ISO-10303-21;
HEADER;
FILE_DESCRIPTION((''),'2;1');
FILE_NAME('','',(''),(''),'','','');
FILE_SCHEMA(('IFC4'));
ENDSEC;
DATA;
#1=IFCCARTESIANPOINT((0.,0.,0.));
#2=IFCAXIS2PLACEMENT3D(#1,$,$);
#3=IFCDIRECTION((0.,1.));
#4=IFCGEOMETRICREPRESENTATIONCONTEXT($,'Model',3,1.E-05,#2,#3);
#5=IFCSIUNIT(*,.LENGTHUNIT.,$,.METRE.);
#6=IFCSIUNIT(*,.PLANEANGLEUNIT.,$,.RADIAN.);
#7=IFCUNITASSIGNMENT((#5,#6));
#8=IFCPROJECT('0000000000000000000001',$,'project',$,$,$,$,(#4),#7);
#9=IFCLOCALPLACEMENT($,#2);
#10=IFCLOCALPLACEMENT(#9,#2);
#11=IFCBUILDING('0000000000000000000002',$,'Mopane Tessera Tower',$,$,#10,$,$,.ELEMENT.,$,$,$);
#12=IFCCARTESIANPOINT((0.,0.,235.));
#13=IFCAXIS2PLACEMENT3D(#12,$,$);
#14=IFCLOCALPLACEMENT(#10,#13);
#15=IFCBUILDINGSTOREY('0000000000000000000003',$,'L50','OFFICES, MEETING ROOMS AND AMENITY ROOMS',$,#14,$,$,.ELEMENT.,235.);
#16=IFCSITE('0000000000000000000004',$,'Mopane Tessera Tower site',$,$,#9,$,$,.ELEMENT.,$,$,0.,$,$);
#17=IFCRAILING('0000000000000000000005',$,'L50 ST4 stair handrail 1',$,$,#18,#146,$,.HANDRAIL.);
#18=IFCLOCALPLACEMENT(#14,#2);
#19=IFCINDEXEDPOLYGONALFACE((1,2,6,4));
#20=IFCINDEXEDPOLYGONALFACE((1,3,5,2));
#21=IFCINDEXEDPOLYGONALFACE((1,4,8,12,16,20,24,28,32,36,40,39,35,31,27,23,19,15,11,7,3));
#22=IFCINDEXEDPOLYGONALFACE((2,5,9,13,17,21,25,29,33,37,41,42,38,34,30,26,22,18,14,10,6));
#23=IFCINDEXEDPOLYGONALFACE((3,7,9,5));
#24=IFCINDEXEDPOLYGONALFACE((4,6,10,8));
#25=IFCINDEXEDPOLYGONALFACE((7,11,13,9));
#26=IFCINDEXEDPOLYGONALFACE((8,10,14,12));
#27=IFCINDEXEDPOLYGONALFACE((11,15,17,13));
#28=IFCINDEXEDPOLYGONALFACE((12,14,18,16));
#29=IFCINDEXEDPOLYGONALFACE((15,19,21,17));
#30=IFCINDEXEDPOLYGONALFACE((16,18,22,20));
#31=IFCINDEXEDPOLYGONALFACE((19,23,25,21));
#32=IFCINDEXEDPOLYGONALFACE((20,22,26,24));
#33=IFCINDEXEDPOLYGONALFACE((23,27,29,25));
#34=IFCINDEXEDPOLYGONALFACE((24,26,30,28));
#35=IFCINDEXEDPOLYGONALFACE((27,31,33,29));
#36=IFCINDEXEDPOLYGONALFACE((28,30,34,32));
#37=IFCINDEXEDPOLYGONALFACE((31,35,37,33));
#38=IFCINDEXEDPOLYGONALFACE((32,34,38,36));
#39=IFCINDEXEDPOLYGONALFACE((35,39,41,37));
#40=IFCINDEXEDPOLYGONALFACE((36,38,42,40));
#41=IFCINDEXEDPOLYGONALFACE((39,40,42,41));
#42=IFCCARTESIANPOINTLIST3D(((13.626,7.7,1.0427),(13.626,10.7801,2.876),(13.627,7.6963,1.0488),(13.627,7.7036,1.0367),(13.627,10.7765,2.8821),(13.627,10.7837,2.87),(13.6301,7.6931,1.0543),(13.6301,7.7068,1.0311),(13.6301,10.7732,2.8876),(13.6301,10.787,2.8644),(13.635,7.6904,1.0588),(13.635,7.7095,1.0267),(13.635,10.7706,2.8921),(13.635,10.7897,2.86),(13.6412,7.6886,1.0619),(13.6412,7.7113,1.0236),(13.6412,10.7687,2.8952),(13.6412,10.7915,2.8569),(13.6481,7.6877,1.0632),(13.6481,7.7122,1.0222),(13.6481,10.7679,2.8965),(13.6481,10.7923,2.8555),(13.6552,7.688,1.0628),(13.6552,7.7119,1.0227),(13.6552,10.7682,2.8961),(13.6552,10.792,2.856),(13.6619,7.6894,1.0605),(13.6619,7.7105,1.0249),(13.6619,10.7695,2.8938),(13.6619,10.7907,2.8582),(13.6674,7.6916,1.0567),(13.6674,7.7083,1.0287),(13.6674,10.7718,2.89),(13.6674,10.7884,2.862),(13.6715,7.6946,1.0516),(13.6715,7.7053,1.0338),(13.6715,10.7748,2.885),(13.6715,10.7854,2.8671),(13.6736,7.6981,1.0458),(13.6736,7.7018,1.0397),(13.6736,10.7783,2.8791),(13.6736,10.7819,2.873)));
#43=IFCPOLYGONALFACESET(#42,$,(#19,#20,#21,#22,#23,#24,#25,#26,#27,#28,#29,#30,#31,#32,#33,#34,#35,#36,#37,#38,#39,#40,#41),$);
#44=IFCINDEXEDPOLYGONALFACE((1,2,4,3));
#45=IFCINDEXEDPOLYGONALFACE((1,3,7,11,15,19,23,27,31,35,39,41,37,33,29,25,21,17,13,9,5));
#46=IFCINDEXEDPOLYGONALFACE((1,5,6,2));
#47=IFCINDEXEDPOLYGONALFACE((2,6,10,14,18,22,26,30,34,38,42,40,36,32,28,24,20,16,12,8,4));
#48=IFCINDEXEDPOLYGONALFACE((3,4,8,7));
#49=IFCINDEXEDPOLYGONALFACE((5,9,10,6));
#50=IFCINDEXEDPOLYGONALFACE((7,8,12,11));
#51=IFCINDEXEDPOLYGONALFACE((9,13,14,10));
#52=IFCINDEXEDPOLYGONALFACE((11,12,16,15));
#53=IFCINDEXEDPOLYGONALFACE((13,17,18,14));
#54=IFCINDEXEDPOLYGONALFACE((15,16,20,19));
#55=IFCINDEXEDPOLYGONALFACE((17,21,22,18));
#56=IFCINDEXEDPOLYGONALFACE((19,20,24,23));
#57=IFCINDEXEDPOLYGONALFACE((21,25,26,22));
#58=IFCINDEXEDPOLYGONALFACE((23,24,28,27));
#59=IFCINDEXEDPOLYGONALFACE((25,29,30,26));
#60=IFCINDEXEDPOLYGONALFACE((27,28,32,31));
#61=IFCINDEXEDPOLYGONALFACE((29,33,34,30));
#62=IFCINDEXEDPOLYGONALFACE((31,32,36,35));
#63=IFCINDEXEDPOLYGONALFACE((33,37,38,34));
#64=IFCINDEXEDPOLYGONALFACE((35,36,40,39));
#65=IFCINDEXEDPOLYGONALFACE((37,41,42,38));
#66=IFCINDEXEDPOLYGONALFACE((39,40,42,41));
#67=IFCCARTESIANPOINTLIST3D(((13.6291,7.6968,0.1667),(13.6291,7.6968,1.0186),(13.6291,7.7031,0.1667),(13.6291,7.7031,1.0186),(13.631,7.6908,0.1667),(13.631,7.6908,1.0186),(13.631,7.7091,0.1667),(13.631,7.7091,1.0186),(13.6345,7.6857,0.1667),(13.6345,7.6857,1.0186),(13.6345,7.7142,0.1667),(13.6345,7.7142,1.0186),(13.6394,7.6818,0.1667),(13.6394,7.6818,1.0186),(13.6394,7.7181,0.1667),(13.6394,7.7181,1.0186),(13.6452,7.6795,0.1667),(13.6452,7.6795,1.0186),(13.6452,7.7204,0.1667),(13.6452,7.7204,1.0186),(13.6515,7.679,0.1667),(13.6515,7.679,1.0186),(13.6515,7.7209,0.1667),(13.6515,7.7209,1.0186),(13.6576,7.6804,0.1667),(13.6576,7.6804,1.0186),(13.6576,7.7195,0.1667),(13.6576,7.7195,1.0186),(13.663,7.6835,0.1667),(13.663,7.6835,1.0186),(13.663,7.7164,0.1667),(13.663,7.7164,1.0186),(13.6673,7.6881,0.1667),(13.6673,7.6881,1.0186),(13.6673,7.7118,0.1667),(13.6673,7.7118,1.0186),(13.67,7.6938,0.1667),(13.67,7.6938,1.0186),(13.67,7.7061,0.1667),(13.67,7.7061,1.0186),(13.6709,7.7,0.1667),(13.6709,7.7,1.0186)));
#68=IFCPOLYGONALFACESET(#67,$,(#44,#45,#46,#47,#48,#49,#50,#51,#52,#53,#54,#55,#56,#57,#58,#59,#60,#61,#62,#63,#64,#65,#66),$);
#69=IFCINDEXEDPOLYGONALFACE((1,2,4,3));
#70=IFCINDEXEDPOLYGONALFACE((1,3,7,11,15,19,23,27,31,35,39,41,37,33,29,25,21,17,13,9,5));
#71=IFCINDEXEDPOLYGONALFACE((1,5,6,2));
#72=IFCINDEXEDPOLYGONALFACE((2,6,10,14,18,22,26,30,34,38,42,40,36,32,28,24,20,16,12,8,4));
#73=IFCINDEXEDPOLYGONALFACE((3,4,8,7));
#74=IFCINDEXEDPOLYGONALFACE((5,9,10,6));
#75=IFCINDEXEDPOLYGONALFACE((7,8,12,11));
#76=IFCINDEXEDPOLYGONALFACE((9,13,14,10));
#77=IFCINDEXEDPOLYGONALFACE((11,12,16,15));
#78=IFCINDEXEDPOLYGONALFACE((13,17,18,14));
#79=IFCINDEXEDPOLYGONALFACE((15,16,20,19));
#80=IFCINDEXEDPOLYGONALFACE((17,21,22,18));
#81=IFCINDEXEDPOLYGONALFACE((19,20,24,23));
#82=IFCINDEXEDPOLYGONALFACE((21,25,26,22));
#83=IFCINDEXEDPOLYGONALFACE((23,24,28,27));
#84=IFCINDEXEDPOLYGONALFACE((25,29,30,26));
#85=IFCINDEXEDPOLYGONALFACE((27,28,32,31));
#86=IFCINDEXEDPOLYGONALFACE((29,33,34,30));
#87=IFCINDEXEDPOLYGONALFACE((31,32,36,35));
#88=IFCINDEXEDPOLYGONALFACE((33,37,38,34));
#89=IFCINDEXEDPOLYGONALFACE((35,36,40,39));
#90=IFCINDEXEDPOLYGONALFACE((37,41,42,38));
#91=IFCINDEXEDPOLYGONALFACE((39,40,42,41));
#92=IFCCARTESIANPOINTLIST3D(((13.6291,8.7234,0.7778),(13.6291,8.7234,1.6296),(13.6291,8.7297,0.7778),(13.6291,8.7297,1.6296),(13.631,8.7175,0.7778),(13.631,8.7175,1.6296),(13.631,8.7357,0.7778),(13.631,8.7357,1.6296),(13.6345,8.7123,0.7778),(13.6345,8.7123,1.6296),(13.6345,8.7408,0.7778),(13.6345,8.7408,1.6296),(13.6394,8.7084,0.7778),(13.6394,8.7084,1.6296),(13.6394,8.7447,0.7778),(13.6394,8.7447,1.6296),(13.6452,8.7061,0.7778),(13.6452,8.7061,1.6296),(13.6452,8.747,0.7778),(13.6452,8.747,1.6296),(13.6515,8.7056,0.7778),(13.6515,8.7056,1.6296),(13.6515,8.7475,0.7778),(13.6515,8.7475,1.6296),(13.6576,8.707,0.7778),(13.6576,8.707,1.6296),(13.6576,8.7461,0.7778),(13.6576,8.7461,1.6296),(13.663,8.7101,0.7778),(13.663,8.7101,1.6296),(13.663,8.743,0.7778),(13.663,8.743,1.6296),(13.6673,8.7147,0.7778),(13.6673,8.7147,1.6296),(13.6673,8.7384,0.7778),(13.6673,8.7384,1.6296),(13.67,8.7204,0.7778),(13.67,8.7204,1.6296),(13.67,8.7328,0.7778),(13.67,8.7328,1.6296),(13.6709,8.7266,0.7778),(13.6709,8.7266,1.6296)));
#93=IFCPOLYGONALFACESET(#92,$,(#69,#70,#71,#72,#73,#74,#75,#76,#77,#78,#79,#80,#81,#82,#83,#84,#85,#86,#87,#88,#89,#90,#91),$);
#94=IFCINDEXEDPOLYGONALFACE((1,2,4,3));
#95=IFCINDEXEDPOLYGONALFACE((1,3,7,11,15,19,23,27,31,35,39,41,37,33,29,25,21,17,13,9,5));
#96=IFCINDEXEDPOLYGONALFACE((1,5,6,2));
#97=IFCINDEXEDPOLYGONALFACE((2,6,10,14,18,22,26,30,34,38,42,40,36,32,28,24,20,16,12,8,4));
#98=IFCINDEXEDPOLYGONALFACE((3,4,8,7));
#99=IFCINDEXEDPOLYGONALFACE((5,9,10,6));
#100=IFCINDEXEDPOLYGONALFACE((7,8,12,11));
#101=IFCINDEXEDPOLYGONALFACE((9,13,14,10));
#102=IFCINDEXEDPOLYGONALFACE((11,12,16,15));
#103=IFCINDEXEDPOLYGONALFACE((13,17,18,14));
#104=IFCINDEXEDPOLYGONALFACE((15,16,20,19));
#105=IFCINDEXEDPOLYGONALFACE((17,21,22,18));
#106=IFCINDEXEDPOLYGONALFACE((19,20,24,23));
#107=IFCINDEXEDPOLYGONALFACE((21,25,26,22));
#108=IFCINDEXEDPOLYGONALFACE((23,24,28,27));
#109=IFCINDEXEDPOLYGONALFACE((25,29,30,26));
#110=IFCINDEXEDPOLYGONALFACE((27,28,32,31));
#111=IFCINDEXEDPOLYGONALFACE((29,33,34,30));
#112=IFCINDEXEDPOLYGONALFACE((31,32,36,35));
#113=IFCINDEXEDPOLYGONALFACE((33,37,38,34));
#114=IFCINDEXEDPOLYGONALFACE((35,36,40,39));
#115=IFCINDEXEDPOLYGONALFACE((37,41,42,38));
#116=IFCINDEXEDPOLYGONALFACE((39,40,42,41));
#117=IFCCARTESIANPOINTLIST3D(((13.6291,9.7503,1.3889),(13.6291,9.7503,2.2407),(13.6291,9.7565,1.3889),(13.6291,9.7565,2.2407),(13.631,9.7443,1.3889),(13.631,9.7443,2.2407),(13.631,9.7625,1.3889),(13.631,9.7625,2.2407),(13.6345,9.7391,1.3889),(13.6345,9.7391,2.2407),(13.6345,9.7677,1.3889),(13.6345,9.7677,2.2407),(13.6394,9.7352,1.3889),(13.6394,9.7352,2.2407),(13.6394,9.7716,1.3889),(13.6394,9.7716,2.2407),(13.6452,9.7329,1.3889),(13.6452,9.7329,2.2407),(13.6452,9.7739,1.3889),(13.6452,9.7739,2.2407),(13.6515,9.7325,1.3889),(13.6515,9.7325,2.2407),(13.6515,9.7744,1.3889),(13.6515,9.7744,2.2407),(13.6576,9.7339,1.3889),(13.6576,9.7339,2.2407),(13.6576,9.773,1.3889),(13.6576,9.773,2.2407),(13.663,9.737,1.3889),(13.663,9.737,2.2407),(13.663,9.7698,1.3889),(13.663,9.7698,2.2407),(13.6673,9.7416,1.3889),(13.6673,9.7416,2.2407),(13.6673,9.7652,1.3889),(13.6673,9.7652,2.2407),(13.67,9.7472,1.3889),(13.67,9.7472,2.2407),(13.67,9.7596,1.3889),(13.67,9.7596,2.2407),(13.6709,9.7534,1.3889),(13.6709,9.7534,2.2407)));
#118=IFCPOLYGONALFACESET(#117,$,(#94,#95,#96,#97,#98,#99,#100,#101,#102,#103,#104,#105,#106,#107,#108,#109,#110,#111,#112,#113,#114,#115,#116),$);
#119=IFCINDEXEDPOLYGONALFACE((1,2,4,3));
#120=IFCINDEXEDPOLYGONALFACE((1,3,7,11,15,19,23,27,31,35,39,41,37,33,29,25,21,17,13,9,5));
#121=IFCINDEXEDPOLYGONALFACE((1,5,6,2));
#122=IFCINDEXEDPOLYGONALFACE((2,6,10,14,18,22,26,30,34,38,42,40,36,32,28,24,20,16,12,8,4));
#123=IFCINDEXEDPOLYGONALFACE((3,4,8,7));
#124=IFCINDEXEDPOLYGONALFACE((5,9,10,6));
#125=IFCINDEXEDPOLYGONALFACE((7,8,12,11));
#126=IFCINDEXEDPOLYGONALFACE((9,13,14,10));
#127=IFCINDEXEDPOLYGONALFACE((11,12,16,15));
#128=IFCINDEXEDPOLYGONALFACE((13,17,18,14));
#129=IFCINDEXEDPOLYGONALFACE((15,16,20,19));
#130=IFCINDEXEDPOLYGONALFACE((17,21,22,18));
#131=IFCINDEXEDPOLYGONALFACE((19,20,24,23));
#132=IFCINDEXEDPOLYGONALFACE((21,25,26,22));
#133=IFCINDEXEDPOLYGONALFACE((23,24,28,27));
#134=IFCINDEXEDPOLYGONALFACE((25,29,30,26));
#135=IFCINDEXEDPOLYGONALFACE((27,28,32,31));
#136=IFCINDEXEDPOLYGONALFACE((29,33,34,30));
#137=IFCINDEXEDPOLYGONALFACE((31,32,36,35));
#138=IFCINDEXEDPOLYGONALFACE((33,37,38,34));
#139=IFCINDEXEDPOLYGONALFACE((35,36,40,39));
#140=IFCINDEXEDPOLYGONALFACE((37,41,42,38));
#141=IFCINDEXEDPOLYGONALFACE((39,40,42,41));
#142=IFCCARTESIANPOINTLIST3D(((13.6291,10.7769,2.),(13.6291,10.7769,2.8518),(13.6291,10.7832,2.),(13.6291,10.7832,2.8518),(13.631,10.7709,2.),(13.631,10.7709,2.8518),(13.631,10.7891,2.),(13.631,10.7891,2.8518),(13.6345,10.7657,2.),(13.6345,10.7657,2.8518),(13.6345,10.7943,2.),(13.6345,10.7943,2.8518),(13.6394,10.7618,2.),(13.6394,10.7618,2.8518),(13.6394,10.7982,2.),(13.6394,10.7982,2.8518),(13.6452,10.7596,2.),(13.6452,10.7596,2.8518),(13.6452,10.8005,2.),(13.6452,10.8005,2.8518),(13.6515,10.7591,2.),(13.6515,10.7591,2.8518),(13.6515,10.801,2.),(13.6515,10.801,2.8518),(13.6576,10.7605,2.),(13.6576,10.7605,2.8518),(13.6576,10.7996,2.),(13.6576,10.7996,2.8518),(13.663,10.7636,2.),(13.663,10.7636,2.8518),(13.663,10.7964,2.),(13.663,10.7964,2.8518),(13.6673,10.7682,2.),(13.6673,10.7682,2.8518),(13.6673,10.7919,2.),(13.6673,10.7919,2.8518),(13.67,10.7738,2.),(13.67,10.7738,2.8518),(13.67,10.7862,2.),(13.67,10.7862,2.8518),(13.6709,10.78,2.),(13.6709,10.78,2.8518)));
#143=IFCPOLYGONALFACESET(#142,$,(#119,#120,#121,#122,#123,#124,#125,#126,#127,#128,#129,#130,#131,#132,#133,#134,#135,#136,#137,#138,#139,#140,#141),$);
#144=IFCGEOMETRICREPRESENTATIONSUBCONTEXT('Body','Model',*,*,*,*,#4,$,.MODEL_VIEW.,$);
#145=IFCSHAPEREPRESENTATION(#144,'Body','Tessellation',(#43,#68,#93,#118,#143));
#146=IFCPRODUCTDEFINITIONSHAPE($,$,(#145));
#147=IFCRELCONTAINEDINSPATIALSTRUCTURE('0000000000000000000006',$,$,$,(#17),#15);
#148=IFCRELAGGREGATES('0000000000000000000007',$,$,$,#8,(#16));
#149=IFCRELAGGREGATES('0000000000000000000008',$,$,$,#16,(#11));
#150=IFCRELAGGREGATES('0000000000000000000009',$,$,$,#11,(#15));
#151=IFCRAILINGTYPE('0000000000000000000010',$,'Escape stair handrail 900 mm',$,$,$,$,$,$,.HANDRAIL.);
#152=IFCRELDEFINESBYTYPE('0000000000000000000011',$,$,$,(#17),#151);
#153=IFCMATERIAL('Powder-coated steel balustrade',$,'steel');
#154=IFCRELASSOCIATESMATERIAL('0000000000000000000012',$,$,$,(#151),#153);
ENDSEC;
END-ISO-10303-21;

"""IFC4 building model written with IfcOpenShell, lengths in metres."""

from ifc_helpers import new_model, si_unit, direction, frame, origin, origin_2d, place, context, subcontext, project, spatial, circle, extrude, material, type_object, element, save


model = new_model("IFC4")

# Units and contexts
model_context = context("Model", 3, precision=1e-05, world=origin(), true_north=direction((0.0, 1.0)))
body_context = subcontext(model_context, "Body", "Model", "MODEL_VIEW")
ifc_project = project(units=[si_unit("LENGTHUNIT", "METRE"), si_unit("PLANEANGLEUNIT", "RADIAN")], contexts=[model_context])

# Site, building, storey
site_placement = place(None, origin())
site = spatial("IfcSite", under=ifc_project, at=site_placement, Name="Mopane Tessera Tower site", CompositionType="ELEMENT", RefElevation=0.0)
building_placement = place(site_placement, origin())
building = spatial("IfcBuilding", under=site, at=building_placement, Name="Mopane Tessera Tower", CompositionType="ELEMENT")
storey_placement = place(building_placement, frame((0.0, 0.0, 235.0)))
storey = spatial("IfcBuildingStorey", under=building, at=storey_placement, Name="L50", Description="OFFICES, MEETING ROOMS AND AMENITY ROOMS", CompositionType="ELEMENT", Elevation=235.0)

# Railing
ifc_material_1 = material(Name="Powder-coated steel balustrade", Category="steel")
railing_type_1 = type_object("IfcRailingType", Name="Escape stair handrail 900 mm", PredefinedType="HANDRAIL", material=ifc_material_1)
railing_1_placement = place(storey_placement, frame((13.6499, 7.7, 0.1667)))
element("IfcRailing", 1, at=railing_1_placement, inside=storey, type_object=railing_type_1, Name="L50 ST4 stair handrail 1", PredefinedType="HANDRAIL", context=body_context, shape_type="SweptSolid", body=[
    extrude(circle(Radius=0.0239, at=origin_2d()), frame((0.0, 0.0, 0.876), z_axis=(0.0, 0.859309, 0.511458), x_axis=(-1.0, 0.0, 0.0)), (0.0, 0.0, 1.0), 3.5845),
    extrude(circle(Radius=0.021, at=origin_2d()), origin(), (0.0, 0.0, 1.0), 0.8518),
    extrude(circle(Radius=0.021, at=origin_2d()), frame((0.0, 1.0266, 0.6111)), (0.0, 0.0, 1.0), 0.8518),
    extrude(circle(Radius=0.021, at=origin_2d()), frame((0.0, 2.0535, 1.2222)), (0.0, 0.0, 1.0), 0.8518),
    extrude(circle(Radius=0.021, at=origin_2d()), frame((0.0, 3.0801, 1.8333)), (0.0, 0.0, 1.0), 0.8518),
])

save(model, "model.ifc")
